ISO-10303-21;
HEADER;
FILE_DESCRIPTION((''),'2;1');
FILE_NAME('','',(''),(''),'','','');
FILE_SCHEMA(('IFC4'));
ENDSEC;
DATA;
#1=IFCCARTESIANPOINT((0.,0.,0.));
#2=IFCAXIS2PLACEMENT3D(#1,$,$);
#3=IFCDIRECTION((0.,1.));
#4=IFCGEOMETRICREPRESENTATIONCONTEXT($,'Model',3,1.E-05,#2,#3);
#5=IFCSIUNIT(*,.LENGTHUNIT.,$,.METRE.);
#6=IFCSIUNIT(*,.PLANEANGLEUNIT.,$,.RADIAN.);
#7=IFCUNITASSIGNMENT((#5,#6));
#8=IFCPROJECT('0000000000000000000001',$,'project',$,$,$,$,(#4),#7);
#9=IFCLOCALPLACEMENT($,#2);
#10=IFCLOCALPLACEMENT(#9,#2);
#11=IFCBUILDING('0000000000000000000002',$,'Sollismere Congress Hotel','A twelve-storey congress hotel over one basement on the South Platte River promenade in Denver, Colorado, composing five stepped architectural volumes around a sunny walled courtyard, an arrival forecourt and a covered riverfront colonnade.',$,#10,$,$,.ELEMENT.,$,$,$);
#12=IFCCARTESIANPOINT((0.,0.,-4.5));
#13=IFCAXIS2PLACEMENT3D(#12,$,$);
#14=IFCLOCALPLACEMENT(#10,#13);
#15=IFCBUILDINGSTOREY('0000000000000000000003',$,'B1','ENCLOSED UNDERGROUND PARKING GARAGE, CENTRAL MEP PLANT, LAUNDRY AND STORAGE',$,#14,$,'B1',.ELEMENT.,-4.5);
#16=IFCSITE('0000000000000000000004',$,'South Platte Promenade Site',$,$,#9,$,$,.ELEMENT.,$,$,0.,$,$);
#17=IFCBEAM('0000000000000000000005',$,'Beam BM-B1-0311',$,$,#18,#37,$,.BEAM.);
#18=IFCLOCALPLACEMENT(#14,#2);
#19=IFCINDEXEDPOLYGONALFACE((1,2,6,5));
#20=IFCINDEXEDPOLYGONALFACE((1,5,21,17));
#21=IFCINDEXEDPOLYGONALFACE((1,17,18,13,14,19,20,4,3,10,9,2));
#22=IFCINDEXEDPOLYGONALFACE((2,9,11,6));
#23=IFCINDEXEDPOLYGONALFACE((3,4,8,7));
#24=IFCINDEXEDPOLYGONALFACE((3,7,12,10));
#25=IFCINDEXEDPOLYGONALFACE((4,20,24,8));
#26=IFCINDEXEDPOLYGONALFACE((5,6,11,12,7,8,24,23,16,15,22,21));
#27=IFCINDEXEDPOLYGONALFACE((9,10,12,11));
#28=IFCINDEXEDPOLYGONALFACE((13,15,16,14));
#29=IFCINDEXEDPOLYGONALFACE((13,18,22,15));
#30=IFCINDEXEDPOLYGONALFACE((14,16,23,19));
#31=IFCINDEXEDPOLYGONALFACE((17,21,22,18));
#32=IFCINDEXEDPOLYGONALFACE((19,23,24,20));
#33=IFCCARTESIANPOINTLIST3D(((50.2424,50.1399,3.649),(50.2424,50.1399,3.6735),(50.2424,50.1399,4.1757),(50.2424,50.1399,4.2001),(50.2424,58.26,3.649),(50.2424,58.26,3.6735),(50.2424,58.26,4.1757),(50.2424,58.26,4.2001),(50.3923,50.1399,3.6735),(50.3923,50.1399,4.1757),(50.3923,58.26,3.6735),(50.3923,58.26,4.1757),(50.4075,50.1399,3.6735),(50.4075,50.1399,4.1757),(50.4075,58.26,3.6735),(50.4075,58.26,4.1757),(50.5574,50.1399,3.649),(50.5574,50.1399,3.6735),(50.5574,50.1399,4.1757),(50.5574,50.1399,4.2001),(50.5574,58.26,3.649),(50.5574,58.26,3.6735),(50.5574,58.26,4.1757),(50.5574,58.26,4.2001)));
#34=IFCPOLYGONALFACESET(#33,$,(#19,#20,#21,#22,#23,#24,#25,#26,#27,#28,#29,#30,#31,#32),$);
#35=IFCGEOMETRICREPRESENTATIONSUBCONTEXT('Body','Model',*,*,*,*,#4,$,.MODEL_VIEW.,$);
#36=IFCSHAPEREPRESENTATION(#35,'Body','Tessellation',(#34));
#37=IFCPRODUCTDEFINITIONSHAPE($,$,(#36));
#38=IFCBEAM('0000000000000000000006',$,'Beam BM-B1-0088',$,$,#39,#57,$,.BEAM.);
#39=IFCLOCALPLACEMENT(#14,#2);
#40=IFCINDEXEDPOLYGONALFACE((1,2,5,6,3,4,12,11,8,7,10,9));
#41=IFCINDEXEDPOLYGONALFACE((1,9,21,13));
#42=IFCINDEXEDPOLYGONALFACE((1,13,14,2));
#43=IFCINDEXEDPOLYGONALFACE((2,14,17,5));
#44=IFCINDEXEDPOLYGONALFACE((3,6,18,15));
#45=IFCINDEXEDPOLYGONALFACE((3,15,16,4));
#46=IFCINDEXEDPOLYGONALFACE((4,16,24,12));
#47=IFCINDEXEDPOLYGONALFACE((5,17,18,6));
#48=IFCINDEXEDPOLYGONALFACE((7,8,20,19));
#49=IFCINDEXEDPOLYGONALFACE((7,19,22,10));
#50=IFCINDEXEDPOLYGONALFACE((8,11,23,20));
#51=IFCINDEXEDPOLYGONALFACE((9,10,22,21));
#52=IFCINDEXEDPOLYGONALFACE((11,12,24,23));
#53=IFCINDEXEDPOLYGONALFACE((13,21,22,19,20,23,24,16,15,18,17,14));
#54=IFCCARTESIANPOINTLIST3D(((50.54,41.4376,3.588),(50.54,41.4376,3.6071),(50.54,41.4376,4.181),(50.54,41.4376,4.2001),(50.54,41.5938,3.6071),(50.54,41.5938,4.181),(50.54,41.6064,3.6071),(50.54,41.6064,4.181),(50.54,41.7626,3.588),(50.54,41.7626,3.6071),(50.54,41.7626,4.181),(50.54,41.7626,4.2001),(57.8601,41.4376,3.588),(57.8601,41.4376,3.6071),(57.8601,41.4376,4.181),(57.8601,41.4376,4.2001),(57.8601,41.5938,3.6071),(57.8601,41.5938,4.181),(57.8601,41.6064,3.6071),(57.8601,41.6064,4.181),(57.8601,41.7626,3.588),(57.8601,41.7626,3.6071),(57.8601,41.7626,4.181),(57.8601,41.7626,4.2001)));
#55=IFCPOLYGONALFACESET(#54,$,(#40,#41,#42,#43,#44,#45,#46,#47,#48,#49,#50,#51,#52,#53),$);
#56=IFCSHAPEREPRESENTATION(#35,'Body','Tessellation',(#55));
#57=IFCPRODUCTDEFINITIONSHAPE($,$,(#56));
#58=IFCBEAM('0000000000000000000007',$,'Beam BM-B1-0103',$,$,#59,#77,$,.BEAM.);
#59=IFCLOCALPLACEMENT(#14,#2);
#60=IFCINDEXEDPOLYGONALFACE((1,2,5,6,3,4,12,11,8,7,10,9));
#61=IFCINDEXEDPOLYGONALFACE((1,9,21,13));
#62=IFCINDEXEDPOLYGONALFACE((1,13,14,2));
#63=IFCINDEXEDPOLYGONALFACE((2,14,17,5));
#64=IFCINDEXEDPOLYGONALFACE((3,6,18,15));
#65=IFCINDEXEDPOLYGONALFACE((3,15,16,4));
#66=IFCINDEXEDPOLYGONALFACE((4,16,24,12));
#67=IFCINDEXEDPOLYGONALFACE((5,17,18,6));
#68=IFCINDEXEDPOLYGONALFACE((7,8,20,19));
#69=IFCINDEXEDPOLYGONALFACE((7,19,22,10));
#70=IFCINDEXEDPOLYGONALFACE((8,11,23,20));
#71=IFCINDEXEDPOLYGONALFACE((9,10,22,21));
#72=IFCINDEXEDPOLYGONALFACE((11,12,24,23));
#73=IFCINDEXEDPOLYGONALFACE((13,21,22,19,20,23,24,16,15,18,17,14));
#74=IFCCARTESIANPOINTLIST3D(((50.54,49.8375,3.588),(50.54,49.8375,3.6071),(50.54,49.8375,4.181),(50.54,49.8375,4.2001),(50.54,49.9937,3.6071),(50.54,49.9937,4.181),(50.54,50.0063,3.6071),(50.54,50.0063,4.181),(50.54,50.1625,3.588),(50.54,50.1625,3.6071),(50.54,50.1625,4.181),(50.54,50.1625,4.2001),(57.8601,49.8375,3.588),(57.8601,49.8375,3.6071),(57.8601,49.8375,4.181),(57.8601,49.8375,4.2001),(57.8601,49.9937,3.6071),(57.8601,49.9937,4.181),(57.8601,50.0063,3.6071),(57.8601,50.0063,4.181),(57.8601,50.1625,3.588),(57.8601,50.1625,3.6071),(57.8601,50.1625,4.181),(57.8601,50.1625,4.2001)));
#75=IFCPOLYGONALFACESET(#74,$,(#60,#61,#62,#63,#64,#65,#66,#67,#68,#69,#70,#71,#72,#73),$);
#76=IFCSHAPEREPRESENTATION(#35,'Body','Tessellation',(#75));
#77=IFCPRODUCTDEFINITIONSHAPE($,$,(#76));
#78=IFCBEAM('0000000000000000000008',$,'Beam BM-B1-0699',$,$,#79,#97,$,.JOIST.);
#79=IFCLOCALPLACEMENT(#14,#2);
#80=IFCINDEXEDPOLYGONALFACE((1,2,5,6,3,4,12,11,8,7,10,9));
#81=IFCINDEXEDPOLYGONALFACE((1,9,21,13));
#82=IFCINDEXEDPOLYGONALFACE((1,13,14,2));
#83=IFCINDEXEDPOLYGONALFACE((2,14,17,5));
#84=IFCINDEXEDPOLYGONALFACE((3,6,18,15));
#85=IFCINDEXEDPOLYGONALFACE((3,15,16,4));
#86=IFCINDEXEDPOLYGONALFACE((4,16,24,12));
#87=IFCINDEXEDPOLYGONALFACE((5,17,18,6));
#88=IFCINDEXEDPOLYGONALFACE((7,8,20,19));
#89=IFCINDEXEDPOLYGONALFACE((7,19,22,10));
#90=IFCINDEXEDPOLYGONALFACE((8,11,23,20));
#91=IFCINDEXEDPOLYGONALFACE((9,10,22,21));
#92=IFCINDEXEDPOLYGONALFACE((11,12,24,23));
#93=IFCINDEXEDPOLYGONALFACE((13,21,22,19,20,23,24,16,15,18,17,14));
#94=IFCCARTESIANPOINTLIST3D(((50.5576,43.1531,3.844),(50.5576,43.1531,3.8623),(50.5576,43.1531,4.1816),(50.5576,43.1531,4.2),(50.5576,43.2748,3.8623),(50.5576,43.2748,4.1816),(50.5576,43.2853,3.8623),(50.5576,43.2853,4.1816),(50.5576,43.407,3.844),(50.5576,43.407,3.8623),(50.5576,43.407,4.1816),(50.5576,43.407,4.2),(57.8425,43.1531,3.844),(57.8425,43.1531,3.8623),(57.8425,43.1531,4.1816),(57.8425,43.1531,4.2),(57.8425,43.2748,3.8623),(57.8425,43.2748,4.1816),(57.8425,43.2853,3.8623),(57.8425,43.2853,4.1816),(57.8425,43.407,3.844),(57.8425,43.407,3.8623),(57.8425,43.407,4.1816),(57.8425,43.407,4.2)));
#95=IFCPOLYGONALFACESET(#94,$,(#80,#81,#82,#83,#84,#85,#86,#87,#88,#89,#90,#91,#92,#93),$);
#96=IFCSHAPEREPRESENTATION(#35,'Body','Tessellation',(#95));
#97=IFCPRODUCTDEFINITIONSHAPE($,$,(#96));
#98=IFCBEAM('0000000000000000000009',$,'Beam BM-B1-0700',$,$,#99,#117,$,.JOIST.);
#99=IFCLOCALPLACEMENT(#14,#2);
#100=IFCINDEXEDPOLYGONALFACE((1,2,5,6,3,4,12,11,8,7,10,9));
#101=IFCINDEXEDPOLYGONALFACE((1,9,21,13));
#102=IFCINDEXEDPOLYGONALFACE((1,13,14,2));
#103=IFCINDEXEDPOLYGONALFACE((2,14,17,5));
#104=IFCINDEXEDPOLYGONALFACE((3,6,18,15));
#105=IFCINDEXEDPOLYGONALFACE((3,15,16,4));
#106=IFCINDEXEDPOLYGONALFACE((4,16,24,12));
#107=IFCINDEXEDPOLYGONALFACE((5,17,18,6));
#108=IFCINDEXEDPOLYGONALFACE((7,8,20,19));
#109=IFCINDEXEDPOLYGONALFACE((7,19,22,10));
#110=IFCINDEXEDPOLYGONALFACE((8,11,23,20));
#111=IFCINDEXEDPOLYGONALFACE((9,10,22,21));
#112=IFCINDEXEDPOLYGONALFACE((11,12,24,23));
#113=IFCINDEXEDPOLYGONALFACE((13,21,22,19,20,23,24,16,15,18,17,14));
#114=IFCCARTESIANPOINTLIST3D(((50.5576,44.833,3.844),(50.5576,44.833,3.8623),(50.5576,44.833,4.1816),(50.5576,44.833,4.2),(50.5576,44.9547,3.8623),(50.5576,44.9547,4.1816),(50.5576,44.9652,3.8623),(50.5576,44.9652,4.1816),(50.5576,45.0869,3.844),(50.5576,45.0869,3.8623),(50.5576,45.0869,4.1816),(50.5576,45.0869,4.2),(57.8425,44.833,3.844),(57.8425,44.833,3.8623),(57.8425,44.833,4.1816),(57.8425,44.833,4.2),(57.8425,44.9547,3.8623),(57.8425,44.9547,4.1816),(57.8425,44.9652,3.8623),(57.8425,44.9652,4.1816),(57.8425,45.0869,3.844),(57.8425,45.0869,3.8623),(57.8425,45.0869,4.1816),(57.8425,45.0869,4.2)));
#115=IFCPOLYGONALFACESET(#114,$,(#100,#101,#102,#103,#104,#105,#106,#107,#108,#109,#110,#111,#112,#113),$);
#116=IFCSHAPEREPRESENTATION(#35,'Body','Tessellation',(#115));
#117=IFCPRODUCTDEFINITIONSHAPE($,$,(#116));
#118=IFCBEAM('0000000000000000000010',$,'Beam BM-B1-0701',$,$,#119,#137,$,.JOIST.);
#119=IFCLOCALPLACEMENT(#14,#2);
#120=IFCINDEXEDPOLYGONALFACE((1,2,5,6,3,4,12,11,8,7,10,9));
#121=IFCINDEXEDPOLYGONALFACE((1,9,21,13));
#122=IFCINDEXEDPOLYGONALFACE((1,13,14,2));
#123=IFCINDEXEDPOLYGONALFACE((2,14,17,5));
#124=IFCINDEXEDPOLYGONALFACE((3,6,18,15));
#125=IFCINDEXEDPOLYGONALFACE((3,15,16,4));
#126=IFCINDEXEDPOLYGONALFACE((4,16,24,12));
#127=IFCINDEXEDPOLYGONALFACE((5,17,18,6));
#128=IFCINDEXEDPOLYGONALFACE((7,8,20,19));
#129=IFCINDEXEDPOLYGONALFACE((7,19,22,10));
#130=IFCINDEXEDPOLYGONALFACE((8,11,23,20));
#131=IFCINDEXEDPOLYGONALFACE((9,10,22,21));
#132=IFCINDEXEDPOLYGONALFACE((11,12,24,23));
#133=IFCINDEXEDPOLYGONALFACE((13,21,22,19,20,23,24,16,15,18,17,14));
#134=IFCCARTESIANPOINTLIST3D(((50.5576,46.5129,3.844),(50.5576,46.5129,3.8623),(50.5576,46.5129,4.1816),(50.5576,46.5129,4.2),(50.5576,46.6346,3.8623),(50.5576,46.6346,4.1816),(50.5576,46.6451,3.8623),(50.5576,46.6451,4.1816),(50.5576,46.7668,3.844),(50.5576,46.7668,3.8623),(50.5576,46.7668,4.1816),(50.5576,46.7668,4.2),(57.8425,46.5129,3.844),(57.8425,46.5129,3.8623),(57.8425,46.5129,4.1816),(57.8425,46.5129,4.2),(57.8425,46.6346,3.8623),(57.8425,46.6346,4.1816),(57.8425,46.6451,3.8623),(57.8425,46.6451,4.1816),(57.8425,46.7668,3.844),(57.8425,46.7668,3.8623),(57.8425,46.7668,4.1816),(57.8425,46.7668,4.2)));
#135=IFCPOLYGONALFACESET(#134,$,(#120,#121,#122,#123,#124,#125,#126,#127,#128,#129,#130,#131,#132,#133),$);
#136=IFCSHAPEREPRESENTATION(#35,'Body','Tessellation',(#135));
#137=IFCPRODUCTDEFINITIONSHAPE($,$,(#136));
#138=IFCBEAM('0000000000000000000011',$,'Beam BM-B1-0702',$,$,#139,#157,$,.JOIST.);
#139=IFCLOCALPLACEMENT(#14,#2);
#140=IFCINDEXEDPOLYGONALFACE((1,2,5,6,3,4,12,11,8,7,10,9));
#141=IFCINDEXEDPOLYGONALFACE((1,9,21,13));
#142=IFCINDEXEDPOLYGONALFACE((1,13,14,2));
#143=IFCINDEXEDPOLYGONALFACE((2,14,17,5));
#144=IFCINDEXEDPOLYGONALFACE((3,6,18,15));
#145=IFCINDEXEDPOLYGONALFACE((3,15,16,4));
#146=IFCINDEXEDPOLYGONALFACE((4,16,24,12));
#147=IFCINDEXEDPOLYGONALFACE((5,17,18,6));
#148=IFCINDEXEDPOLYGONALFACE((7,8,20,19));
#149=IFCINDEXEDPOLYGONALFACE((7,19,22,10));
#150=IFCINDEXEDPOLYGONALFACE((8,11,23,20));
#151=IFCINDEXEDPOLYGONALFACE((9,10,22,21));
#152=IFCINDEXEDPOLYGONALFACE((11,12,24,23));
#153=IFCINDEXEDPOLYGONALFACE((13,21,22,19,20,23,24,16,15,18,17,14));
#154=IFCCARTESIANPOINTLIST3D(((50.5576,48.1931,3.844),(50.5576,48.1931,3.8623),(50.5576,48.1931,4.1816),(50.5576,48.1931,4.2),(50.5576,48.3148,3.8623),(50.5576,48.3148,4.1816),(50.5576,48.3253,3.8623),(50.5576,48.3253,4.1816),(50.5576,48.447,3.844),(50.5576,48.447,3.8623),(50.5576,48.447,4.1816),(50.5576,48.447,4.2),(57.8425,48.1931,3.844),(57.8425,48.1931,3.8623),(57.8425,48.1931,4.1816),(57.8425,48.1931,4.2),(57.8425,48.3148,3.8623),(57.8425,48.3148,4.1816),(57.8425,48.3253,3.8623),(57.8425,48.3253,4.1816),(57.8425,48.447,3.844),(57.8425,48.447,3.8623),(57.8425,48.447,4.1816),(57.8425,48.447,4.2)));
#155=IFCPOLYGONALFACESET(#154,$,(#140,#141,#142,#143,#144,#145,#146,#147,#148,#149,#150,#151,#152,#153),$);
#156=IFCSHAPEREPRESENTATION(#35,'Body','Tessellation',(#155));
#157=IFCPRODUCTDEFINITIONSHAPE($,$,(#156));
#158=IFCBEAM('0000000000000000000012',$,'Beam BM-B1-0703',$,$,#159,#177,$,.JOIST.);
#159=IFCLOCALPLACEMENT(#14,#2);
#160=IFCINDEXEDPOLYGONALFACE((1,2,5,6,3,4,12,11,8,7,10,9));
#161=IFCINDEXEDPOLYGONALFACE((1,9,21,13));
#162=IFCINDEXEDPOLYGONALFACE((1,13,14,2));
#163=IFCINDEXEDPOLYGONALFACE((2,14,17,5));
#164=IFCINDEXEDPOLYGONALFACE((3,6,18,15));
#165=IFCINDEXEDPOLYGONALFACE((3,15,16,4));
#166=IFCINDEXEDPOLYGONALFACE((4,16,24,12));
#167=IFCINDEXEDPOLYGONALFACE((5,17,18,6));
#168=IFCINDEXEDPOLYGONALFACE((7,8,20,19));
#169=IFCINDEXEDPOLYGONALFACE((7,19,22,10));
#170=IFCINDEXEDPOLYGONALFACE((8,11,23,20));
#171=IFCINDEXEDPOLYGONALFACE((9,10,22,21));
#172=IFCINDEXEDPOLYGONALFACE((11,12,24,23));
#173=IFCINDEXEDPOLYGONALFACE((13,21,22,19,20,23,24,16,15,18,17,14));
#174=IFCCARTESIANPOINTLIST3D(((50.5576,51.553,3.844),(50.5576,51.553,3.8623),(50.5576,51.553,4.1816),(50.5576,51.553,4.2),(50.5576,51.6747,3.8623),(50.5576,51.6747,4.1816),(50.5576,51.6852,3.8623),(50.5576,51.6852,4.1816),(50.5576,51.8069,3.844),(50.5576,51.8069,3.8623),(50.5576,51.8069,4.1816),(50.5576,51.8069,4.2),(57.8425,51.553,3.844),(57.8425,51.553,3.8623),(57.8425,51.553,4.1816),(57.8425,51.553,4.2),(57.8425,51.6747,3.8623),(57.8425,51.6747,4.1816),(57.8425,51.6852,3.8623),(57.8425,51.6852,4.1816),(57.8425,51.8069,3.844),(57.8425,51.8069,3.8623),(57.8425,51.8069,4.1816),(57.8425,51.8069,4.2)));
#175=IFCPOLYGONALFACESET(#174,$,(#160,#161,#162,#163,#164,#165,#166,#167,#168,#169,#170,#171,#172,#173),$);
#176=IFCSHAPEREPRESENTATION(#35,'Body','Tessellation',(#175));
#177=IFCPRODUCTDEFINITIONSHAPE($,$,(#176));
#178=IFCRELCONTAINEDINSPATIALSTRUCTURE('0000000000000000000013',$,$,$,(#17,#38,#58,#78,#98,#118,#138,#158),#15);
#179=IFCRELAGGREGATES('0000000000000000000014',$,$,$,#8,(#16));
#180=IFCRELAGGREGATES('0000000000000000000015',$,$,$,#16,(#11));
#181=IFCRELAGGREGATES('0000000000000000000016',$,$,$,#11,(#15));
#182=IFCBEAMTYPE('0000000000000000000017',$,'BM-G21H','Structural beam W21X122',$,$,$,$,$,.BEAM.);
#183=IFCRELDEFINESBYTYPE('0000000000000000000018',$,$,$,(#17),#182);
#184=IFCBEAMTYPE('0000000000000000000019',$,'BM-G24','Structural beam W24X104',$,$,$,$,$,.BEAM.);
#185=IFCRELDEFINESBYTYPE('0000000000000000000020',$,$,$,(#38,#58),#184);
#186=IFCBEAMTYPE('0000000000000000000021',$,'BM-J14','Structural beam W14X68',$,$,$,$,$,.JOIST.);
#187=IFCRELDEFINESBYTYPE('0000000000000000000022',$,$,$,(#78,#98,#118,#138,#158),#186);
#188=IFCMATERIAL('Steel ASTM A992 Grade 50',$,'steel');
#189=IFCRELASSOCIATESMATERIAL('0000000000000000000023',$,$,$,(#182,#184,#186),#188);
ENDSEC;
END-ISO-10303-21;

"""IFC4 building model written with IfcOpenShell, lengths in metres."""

from ifc_helpers import new_model, si_unit, direction, frame, origin, origin_2d, place, context, subcontext, project, spatial, i_section, extrude, material, material_profile, profile_set, type_object, element, save


model = new_model("IFC4")

# Units and contexts
model_context = context("Model", 3, precision=1e-05, world=origin(), true_north=direction((0.0, 1.0)))
body_context = subcontext(model_context, "Body", "Model", "MODEL_VIEW")
ifc_project = project(units=[si_unit("LENGTHUNIT", "METRE"), si_unit("PLANEANGLEUNIT", "RADIAN")], contexts=[model_context])

# Site, building, storey
site_placement = place(None, origin())
site = spatial("IfcSite", under=ifc_project, at=site_placement, Name="South Platte Promenade Site", CompositionType="ELEMENT", RefElevation=0.0)
building_placement = place(site_placement, origin())
building = spatial("IfcBuilding", under=site, at=building_placement, Name="Sollismere Congress Hotel", Description="A twelve-storey congress hotel over one basement on the South Platte River promenade in Denver, Colorado, composing five stepped architectural volumes around a sunny walled courtyard, an arrival forecourt and a covered riverfront colonnade.", CompositionType="ELEMENT")
storey_placement = place(building_placement, frame((0.0, 0.0, -4.5)))
storey = spatial("IfcBuildingStorey", under=building, at=storey_placement, Name="B1", Description="ENCLOSED UNDERGROUND PARKING GARAGE, CENTRAL MEP PLANT, LAUNDRY AND STORAGE", LongName="B1", CompositionType="ELEMENT", Elevation=-4.5)

# Beams
ifc_material_1 = material(Name="Steel ASTM A992 Grade 50", Category="steel")
ifc_material_profile_1 = material_profile(ifc_material_1, i_section(OverallWidth=0.3149, OverallDepth=0.551, WebThickness=0.0151, FlangeThickness=0.0244, at=origin_2d()), Name="W21X122")
ifc_profile_set_1 = profile_set([ifc_material_profile_1], Name="Steel ASTM A992 Grade 50")
beam_type_1 = type_object("IfcBeamType", Name="BM-G21H", Description="Structural beam W21X122", PredefinedType="BEAM", material=ifc_profile_set_1)
for number, where, z_axis, x_axis, name in (
    (1, (50.3999, 50.1399, 3.9246), (0.0, 1.0, 0.0), (-1.0, 0.0, 0.0), "Beam BM-B1-0311"),
):
    element("IfcBeam", number, at=place(storey_placement, frame(where, z_axis=z_axis, x_axis=x_axis)), inside=storey, type_object=beam_type_1, Name=name, PredefinedType="BEAM", context=body_context, shape_type="SweptSolid", body=[
        extrude(i_section(OverallWidth=0.3149, OverallDepth=0.551, WebThickness=0.0151, FlangeThickness=0.0244, at=origin_2d()), origin(), (0.0, 0.0, 1.0), 8.1201),
    ])
ifc_material_profile_2 = material_profile(ifc_material_1, i_section(OverallWidth=0.325, OverallDepth=0.6121, WebThickness=0.0127, FlangeThickness=0.019, at=origin_2d()), Name="W24X104")
ifc_profile_set_2 = profile_set([ifc_material_profile_2], Name="Steel ASTM A992 Grade 50")
beam_type_2 = type_object("IfcBeamType", Name="BM-G24", Description="Structural beam W24X104", PredefinedType="BEAM", material=ifc_profile_set_2)
for number, where, z_axis, x_axis, name in (
    (2, (50.54, 41.6001, 3.894), (1.0, 0.0, 0.0), (0.0, 1.0, 0.0), "Beam BM-B1-0088"),
    (3, (50.54, 50.0, 3.894), (1.0, 0.0, 0.0), (0.0, 1.0, 0.0), "Beam BM-B1-0103"),
):
    element("IfcBeam", number, at=place(storey_placement, frame(where, z_axis=z_axis, x_axis=x_axis)), inside=storey, type_object=beam_type_2, Name=name, PredefinedType="BEAM", context=body_context, shape_type="SweptSolid", body=[
        extrude(i_section(OverallWidth=0.325, OverallDepth=0.6121, WebThickness=0.0127, FlangeThickness=0.019, at=origin_2d()), origin(), (0.0, 0.0, 1.0), 7.3201),
    ])
ifc_material_profile_3 = material_profile(ifc_material_1, i_section(OverallWidth=0.2539, OverallDepth=0.356, WebThickness=0.0105, FlangeThickness=0.0183, at=origin_2d()), Name="W14X68")
ifc_profile_set_3 = profile_set([ifc_material_profile_3], Name="Steel ASTM A992 Grade 50")
beam_type_3 = type_object("IfcBeamType", Name="BM-J14", Description="Structural beam W14X68", PredefinedType="JOIST", material=ifc_profile_set_3)
for number, where, z_axis, x_axis, name in (
    (4, (50.5576, 43.28, 4.022), (1.0, 0.0, 0.0), (0.0, 1.0, 0.0), "Beam BM-B1-0699"),
    (5, (50.5576, 44.96, 4.022), (1.0, 0.0, 0.0), (0.0, 1.0, 0.0), "Beam BM-B1-0700"),
    (6, (50.5576, 46.6399, 4.022), (1.0, 0.0, 0.0), (0.0, 1.0, 0.0), "Beam BM-B1-0701"),
    (7, (50.5576, 48.3201, 4.022), (1.0, 0.0, 0.0), (0.0, 1.0, 0.0), "Beam BM-B1-0702"),
    (8, (50.5576, 51.6799, 4.022), (1.0, 0.0, 0.0), (0.0, 1.0, 0.0), "Beam BM-B1-0703"),
):
    element("IfcBeam", number, at=place(storey_placement, frame(where, z_axis=z_axis, x_axis=x_axis)), inside=storey, type_object=beam_type_3, Name=name, PredefinedType="JOIST", context=body_context, shape_type="SweptSolid", body=[
        extrude(i_section(OverallWidth=0.2539, OverallDepth=0.356, WebThickness=0.0105, FlangeThickness=0.0183, at=origin_2d()), origin(), (0.0, 0.0, 1.0), 7.2849),
    ])

save(model, "model.ifc")
